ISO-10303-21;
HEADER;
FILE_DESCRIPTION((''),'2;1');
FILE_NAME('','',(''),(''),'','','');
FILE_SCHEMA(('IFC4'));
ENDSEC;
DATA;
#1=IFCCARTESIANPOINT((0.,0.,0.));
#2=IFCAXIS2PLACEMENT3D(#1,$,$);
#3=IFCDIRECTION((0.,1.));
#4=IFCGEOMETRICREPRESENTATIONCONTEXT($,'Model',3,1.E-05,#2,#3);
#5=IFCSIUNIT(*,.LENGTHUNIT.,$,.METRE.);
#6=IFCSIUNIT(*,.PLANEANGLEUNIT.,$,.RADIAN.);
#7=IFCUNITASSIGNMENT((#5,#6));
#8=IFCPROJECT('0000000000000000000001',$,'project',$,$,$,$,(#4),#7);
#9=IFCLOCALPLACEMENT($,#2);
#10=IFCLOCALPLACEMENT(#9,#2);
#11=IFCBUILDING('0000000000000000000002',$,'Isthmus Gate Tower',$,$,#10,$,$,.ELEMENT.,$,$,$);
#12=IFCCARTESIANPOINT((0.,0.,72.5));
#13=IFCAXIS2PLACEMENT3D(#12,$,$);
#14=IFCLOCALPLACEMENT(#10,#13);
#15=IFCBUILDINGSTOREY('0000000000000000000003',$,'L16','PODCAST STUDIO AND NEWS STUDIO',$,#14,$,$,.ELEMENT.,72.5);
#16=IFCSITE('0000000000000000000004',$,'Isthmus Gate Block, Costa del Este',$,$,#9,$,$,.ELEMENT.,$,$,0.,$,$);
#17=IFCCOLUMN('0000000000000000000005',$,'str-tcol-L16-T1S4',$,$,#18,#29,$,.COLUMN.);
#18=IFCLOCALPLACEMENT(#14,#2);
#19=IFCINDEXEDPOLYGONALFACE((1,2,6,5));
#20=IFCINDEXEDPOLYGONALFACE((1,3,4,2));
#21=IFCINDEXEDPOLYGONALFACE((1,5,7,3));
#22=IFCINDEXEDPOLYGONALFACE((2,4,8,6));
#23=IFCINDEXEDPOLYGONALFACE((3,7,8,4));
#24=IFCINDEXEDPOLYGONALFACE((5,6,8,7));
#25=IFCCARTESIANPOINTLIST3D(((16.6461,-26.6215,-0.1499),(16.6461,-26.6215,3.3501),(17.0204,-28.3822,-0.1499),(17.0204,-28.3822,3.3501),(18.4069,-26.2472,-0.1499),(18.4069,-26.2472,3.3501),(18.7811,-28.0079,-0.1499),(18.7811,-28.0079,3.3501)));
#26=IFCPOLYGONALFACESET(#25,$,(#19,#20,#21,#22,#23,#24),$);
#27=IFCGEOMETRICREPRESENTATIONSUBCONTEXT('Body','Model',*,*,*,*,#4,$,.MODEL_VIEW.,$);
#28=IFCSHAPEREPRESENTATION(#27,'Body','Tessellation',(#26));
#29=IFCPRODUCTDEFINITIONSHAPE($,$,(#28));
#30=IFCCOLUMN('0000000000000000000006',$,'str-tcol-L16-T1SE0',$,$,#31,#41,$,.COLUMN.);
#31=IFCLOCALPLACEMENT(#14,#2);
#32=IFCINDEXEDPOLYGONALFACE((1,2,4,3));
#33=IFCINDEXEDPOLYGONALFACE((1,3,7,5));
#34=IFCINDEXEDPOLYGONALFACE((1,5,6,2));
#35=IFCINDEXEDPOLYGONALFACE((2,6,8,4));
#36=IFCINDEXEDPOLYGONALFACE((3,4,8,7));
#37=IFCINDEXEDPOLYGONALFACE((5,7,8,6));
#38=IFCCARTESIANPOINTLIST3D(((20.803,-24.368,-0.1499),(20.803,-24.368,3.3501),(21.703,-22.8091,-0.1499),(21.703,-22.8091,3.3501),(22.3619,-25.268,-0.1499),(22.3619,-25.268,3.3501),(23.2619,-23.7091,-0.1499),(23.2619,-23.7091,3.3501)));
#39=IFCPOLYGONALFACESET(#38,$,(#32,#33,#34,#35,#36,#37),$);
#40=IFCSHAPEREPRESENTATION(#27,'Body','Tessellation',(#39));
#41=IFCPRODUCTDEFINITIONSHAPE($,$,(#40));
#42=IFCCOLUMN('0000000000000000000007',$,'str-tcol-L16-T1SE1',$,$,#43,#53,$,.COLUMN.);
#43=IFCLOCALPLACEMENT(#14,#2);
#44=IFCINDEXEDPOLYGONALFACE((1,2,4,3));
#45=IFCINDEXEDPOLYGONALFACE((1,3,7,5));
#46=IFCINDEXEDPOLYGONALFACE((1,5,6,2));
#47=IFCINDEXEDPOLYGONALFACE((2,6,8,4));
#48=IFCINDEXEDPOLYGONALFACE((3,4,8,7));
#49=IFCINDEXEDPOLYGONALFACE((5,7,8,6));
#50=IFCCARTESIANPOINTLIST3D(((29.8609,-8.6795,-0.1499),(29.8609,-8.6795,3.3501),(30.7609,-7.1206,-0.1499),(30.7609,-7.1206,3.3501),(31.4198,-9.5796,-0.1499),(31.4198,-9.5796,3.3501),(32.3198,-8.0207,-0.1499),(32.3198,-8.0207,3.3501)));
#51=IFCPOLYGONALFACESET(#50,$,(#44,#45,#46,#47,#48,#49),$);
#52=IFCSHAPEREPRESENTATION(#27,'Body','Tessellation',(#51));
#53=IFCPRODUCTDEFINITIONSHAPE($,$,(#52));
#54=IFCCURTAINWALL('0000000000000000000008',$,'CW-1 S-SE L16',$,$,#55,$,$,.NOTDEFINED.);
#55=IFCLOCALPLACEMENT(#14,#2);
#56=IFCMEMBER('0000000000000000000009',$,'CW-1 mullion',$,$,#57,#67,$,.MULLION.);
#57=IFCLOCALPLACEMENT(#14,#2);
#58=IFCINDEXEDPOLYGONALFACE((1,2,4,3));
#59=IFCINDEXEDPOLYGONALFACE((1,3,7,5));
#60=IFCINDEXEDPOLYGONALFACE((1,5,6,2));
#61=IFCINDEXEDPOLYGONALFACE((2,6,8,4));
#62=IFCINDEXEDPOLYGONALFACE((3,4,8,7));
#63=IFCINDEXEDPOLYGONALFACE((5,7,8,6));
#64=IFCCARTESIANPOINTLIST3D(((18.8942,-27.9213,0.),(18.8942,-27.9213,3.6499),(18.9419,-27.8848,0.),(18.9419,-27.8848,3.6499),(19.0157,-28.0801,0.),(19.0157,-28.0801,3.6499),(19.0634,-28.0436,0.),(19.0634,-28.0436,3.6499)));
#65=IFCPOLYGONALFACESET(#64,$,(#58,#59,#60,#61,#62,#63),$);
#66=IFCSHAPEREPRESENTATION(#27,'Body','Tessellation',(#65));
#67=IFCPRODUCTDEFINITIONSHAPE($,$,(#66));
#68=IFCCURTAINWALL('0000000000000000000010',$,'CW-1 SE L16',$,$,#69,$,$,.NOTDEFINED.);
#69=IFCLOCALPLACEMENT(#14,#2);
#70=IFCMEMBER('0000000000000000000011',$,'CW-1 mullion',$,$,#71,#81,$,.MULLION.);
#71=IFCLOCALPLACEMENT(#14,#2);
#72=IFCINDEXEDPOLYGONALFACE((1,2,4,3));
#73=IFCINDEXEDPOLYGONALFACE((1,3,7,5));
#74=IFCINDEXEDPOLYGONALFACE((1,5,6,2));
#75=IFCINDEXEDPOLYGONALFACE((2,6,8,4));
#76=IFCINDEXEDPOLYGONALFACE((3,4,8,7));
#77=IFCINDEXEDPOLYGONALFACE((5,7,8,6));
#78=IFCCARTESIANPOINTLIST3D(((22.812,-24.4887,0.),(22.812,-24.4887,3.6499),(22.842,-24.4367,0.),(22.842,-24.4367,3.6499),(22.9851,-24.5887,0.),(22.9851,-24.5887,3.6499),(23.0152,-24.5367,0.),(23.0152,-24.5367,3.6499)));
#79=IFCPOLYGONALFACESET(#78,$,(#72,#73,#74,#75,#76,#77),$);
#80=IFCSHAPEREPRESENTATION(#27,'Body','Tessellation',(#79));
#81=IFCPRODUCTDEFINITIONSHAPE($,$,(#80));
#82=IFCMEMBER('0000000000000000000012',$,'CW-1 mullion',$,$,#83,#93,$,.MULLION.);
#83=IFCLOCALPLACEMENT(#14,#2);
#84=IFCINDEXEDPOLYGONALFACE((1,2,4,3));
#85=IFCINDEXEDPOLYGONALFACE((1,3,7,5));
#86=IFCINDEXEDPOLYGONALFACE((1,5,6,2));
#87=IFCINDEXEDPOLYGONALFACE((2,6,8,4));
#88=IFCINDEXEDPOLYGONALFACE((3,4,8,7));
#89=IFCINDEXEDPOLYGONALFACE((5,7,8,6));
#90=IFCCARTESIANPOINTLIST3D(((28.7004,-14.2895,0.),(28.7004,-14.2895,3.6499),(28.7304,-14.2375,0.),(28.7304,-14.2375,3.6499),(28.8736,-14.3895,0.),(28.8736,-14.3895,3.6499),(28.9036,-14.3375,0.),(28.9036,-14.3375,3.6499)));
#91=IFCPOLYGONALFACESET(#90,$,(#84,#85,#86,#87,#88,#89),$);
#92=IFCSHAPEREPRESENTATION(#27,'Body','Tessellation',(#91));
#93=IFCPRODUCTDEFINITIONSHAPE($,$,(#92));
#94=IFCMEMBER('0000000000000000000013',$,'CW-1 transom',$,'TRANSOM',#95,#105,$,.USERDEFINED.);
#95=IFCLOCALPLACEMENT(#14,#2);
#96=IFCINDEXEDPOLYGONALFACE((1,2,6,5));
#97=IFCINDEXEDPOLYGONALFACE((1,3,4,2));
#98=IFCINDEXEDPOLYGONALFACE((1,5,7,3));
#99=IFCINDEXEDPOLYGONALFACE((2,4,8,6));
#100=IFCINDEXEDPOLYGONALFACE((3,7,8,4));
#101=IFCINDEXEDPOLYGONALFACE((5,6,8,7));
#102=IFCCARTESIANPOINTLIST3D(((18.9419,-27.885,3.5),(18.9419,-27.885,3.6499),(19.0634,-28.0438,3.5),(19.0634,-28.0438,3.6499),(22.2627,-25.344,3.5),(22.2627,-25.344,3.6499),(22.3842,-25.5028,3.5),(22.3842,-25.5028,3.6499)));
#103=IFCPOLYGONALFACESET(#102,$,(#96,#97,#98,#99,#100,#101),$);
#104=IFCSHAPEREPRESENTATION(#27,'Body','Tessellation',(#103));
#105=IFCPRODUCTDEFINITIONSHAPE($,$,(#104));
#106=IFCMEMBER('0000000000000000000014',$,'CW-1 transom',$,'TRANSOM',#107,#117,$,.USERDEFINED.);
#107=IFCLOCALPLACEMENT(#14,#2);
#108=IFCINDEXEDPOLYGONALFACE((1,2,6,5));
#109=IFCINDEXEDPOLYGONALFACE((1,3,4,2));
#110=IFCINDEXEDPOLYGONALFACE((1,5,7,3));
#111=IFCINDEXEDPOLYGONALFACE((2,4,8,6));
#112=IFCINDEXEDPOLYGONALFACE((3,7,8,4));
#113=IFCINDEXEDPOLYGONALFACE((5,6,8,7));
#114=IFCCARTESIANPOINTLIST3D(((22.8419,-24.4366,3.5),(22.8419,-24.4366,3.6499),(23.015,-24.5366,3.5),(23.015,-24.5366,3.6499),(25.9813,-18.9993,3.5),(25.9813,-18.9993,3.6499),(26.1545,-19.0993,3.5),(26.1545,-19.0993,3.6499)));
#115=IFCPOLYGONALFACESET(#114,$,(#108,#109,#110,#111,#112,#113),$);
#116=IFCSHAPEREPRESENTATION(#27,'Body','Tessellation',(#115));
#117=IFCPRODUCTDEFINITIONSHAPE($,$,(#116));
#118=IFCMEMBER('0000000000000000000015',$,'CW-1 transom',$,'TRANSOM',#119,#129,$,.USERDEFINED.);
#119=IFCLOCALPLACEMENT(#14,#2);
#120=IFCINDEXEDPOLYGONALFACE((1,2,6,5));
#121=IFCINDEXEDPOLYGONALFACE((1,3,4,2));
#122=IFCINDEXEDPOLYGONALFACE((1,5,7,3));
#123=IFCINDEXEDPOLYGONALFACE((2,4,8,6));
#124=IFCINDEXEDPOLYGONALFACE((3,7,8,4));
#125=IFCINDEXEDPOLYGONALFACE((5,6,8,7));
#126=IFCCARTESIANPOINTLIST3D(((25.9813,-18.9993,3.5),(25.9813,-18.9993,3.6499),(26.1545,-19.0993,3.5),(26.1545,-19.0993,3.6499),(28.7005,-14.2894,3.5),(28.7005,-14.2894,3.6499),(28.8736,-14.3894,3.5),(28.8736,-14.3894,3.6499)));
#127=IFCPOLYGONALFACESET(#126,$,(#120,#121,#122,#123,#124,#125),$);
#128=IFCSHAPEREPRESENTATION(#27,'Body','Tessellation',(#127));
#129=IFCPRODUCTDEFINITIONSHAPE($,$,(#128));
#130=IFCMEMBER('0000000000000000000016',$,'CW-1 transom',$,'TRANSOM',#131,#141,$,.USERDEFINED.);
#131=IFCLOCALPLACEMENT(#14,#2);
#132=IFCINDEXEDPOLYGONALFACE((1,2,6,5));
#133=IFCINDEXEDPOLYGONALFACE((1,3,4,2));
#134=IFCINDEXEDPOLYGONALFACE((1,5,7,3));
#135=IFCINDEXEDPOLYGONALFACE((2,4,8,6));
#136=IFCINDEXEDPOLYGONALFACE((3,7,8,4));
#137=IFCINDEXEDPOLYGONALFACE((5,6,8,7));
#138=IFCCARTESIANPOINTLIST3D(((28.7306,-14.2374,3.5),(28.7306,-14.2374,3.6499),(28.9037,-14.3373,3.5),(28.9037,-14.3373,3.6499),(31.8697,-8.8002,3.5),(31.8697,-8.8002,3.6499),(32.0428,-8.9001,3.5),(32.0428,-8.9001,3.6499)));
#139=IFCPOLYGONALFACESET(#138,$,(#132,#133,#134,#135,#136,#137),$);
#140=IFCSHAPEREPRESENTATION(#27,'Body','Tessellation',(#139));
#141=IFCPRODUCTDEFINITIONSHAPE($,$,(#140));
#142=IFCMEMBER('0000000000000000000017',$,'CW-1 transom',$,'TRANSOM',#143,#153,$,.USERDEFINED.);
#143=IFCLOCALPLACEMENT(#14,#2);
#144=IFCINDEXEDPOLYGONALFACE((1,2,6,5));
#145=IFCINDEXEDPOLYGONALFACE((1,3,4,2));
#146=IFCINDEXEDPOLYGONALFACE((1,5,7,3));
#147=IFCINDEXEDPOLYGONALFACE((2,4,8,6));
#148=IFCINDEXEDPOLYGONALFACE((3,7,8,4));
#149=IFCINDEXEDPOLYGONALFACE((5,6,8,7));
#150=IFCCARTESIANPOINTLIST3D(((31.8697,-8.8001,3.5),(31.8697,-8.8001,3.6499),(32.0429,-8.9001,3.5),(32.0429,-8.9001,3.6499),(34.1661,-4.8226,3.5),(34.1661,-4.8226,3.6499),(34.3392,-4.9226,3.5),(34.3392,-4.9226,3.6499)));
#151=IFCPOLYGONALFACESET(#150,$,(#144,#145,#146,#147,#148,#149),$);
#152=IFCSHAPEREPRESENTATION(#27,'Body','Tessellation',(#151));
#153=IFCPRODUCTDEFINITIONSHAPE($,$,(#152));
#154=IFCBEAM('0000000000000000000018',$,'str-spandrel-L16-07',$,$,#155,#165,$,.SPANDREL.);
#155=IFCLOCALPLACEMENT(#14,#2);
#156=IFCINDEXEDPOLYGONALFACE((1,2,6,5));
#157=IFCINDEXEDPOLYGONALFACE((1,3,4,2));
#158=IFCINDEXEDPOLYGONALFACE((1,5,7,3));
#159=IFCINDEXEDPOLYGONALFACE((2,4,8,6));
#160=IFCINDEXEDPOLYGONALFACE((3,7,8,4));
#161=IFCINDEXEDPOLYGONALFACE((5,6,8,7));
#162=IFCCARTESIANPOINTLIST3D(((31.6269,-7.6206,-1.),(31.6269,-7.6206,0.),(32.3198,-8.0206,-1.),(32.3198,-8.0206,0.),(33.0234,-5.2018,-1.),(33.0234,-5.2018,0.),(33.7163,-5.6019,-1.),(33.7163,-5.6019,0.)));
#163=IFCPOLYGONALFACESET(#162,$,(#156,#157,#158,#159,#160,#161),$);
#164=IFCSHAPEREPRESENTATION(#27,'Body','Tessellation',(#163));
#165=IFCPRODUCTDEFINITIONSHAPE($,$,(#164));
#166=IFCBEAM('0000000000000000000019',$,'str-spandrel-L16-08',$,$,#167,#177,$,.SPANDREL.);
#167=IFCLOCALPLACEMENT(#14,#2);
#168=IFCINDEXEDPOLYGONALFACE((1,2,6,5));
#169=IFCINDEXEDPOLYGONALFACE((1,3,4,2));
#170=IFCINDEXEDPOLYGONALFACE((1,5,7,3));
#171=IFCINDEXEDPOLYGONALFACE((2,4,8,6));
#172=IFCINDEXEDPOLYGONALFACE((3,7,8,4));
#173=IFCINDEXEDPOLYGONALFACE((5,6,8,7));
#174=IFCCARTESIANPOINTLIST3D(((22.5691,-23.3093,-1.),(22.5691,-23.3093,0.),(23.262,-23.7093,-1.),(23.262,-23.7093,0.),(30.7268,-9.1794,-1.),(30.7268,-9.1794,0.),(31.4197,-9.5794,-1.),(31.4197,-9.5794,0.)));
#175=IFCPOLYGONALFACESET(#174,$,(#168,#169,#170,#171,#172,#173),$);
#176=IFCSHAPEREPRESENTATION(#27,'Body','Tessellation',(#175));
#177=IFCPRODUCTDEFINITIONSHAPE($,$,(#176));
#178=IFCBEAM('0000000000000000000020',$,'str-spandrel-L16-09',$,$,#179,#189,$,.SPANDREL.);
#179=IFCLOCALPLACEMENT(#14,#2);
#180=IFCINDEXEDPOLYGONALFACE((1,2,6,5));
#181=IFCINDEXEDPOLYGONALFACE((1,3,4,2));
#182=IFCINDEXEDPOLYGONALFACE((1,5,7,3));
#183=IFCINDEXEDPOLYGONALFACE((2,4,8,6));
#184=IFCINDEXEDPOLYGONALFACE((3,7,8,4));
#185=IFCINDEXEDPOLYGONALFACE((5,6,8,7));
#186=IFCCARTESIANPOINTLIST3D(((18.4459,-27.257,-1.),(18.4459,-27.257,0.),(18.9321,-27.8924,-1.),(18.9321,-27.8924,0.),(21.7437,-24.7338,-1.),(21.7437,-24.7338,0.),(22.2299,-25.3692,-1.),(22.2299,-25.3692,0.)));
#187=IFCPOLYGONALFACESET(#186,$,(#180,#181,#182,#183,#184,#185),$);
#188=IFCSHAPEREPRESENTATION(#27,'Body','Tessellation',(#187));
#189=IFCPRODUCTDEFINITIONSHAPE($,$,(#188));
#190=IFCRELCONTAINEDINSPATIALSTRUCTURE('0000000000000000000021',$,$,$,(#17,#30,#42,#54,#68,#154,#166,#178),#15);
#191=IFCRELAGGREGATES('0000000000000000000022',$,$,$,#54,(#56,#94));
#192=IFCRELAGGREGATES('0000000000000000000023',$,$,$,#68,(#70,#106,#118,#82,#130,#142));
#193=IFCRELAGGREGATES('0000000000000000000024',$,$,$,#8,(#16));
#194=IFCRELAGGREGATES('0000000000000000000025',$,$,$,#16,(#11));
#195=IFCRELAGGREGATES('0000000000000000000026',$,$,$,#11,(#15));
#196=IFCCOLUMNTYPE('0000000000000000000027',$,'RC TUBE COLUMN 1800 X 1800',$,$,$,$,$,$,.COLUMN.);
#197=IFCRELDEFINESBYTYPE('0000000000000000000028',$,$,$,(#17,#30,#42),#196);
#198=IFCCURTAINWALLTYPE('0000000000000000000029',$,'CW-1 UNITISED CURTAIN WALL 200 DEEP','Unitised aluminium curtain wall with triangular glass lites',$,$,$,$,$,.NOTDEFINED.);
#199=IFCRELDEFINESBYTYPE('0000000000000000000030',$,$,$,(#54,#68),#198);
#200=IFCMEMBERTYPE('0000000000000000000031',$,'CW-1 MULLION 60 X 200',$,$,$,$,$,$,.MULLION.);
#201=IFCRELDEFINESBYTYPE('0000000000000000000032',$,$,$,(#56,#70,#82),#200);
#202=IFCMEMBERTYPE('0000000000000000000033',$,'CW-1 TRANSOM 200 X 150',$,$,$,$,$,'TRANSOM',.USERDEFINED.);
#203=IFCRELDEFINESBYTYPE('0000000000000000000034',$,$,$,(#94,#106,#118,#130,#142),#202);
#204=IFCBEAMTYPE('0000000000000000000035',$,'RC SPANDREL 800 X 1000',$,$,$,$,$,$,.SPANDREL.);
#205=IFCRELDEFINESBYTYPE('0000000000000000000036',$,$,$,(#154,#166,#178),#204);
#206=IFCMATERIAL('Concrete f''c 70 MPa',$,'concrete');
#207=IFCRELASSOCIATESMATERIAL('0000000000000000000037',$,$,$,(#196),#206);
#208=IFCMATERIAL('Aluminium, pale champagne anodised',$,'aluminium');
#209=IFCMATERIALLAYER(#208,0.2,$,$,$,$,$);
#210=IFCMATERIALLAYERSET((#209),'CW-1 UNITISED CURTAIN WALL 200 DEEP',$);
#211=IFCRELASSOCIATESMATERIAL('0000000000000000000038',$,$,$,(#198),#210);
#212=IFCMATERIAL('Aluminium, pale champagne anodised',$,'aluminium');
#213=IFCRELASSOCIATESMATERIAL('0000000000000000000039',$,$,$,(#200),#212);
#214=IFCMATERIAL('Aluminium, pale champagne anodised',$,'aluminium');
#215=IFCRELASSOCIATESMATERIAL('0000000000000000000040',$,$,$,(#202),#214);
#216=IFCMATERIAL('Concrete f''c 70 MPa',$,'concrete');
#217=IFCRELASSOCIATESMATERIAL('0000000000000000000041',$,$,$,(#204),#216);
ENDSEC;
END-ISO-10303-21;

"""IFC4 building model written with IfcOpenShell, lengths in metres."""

from ifc_helpers import new_model, si_unit, direction, frame, origin, origin_2d, place, context, subcontext, project, spatial, rectangle, extrude, material, layer, layer_set, material_profile, profile_set, type_object, element, aggregate, save


model = new_model("IFC4")

# Units and contexts
model_context = context("Model", 3, precision=1e-05, world=origin(), true_north=direction((0.0, 1.0)))
body_context = subcontext(model_context, "Body", "Model", "MODEL_VIEW")
ifc_project = project(units=[si_unit("LENGTHUNIT", "METRE"), si_unit("PLANEANGLEUNIT", "RADIAN")], contexts=[model_context])

# Site, building, storey
site_placement = place(None, origin())
site = spatial("IfcSite", under=ifc_project, at=site_placement, Name="Isthmus Gate Block, Costa del Este", CompositionType="ELEMENT", RefElevation=0.0)
building_placement = place(site_placement, origin())
building = spatial("IfcBuilding", under=site, at=building_placement, Name="Isthmus Gate Tower", CompositionType="ELEMENT")
storey_placement = place(building_placement, frame((0.0, 0.0, 72.5)))
storey = spatial("IfcBuildingStorey", under=building, at=storey_placement, Name="L16", Description="PODCAST STUDIO AND NEWS STUDIO", CompositionType="ELEMENT", Elevation=72.5)

# Columns
ifc_material_1 = material(Name="Concrete f'c 70 MPa", Category="concrete")
ifc_material_profile_1 = material_profile(ifc_material_1, rectangle(XDim=1.8, YDim=1.8, at=origin_2d()), Name="RC 1800X1800")
ifc_profile_set_1 = profile_set([ifc_material_profile_1], Name="Concrete f'c 70 MPa")
column_type = type_object("IfcColumnType", Name="RC TUBE COLUMN 1800 X 1800", PredefinedType="COLUMN", material=ifc_profile_set_1)
for number, where, z_axis, x_axis, name in (
    (1, (17.7136, -27.3147, -0.1499), (0.0, 0.0, 1.0), (0.978148, 0.207912, 0.0), "str-tcol-L16-T1S4"),
    (2, (22.0325, -24.0386, -0.1499), (0.0, 0.0, 1.0), (0.5, 0.866025, 0.0), "str-tcol-L16-T1SE0"),
    (3, (31.0903, -8.3501, -0.1499), (0.0, 0.0, 1.0), (0.5, 0.866025, 0.0), "str-tcol-L16-T1SE1"),
):
    element("IfcColumn", number, at=place(storey_placement, frame(where, z_axis=z_axis, x_axis=x_axis)), inside=storey, type_object=column_type, Name=name, PredefinedType="COLUMN", context=body_context, shape_type="SweptSolid", body=[
        extrude(rectangle(XDim=1.8, YDim=1.8, at=origin_2d()), origin(), (0.0, 0.0, 1.0), 3.5),
    ])

# Curtain wall, member
ifc_material_2 = material(Name="Aluminium, pale champagne anodised", Category="aluminium")
ifc_layer_1 = layer(ifc_material_2, 0.2)
ifc_layer_set_1 = layer_set([ifc_layer_1], Name="CW-1 UNITISED CURTAIN WALL 200 DEEP")
curtain_wall_type = type_object("IfcCurtainWallType", Name="CW-1 UNITISED CURTAIN WALL 200 DEEP", Description="Unitised aluminium curtain wall with triangular glass lites", PredefinedType="NOTDEFINED", material=ifc_layer_set_1)
curtain_wall_1_placement = place(storey_placement, origin())
curtain_wall_1 = element("IfcCurtainWall", 4, at=curtain_wall_1_placement, inside=storey, type_object=curtain_wall_type, Name="CW-1 S-SE L16", PredefinedType="NOTDEFINED")
ifc_material_3 = material(Name="Aluminium, pale champagne anodised", Category="aluminium")
ifc_material_profile_2 = material_profile(ifc_material_3, rectangle(XDim=0.0601, YDim=0.2, at=origin_2d()), Name="60x200")
ifc_profile_set_2 = profile_set([ifc_material_profile_2], Name="Aluminium, pale champagne anodised")
member_type_1 = type_object("IfcMemberType", Name="CW-1 MULLION 60 X 200", PredefinedType="MULLION", material=ifc_profile_set_2)
member_1_placement = place(storey_placement, frame((18.9788, -27.9824, 0.0), z_axis=(0.0, 0.0, 1.0), x_axis=(0.794189, 0.607671, 0.0)))
member_1 = element("IfcMember", 5, at=member_1_placement, type_object=member_type_1, Name="CW-1 mullion", PredefinedType="MULLION", context=body_context, shape_type="SweptSolid", body=[
    extrude(rectangle(XDim=0.0601, YDim=0.2, at=origin_2d()), origin(), (0.0, 0.0, 1.0), 3.6499),
])

# Curtain wall, members
curtain_wall_2_placement = place(storey_placement, origin())
curtain_wall_2 = element("IfcCurtainWall", 6, at=curtain_wall_2_placement, inside=storey, type_object=curtain_wall_type, Name="CW-1 SE L16", PredefinedType="NOTDEFINED")
member_2_placement = place(storey_placement, frame((22.9136, -24.5127, 0.0), z_axis=(0.0, 0.0, 1.0), x_axis=(0.5, 0.866025, 0.0)))
member_2 = element("IfcMember", 7, at=member_2_placement, type_object=member_type_1, Name="CW-1 mullion", PredefinedType="MULLION", context=body_context, shape_type="SweptSolid", body=[
    extrude(rectangle(XDim=0.0601, YDim=0.2, at=origin_2d()), origin(), (0.0, 0.0, 1.0), 3.6499),
])
member_3_placement = place(storey_placement, frame((28.802, -14.3135, 0.0), z_axis=(0.0, 0.0, 1.0), x_axis=(0.5, 0.866025, 0.0)))
member_3 = element("IfcMember", 8, at=member_3_placement, type_object=member_type_1, Name="CW-1 mullion", PredefinedType="MULLION", context=body_context, shape_type="SweptSolid", body=[
    extrude(rectangle(XDim=0.0601, YDim=0.2, at=origin_2d()), origin(), (0.0, 0.0, 1.0), 3.6499),
])

# Members
ifc_material_4 = material(Name="Aluminium, pale champagne anodised", Category="aluminium")
ifc_material_profile_3 = material_profile(ifc_material_4, rectangle(XDim=0.2, YDim=0.1499, at=origin_2d()), Name="200x150")
ifc_profile_set_3 = profile_set([ifc_material_profile_3], Name="Aluminium, pale champagne anodised")
member_type_2 = type_object("IfcMemberType", Name="CW-1 TRANSOM 200 X 150", ElementType="TRANSOM", PredefinedType="USERDEFINED", material=ifc_profile_set_3)
member_4_placement = place(storey_placement, frame((19.0027, -27.9644, 3.575), z_axis=(0.794175, 0.607688, 0.0), x_axis=(-0.607688, 0.794175, 0.0)))
member_4 = element("IfcMember", 9, at=member_4_placement, type_object=member_type_2, Name="CW-1 transom", ObjectType="TRANSOM", PredefinedType="USERDEFINED", context=body_context, shape_type="SweptSolid", body=[
    extrude(rectangle(XDim=0.2, YDim=0.1499, at=origin_2d()), origin(), (0.0, 0.0, 1.0), 4.1814),
])
member_5_placement = place(storey_placement, frame((22.9285, -24.4866, 3.575), z_axis=(0.500024, 0.866011, 0.0), x_axis=(-0.866011, 0.500024, 0.0)))
member_5 = element("IfcMember", 10, at=member_5_placement, type_object=member_type_2, Name="CW-1 transom", ObjectType="TRANSOM", PredefinedType="USERDEFINED", context=body_context, shape_type="SweptSolid", body=[
    extrude(rectangle(XDim=0.2, YDim=0.1499, at=origin_2d()), origin(), (0.0, 0.0, 1.0), 6.2786),
])
member_6_placement = place(storey_placement, frame((26.0679, -19.0493, 3.575), z_axis=(0.499992, 0.86603, 0.0), x_axis=(-0.86603, 0.499992, 0.0)))
member_6 = element("IfcMember", 11, at=member_6_placement, type_object=member_type_2, Name="CW-1 transom", ObjectType="TRANSOM", PredefinedType="USERDEFINED", context=body_context, shape_type="SweptSolid", body=[
    extrude(rectangle(XDim=0.2, YDim=0.1499, at=origin_2d()), origin(), (0.0, 0.0, 1.0), 5.4385),
])
member_7_placement = place(storey_placement, frame((28.8171, -14.2874, 3.575), z_axis=(0.499995, 0.866028, 0.0), x_axis=(-0.866028, 0.499995, 0.0)))
member_7 = element("IfcMember", 12, at=member_7_placement, type_object=member_type_2, Name="CW-1 transom", ObjectType="TRANSOM", PredefinedType="USERDEFINED", context=body_context, shape_type="SweptSolid", body=[
    extrude(rectangle(XDim=0.2, YDim=0.1499, at=origin_2d()), origin(), (0.0, 0.0, 1.0), 6.2783),
])
member_8_placement = place(storey_placement, frame((31.9563, -8.8501, 3.575), z_axis=(0.499992, 0.86603, 0.0), x_axis=(-0.86603, 0.499992, 0.0)))
member_8 = element("IfcMember", 13, at=member_8_placement, type_object=member_type_2, Name="CW-1 transom", ObjectType="TRANSOM", PredefinedType="USERDEFINED", context=body_context, shape_type="SweptSolid", body=[
    extrude(rectangle(XDim=0.2, YDim=0.1499, at=origin_2d()), origin(), (0.0, 0.0, 1.0), 4.5928),
])

# Beams
ifc_material_5 = material(Name="Concrete f'c 70 MPa", Category="concrete")
ifc_material_profile_4 = material_profile(ifc_material_5, rectangle(XDim=0.8, YDim=1.0, at=origin_2d()), Name="RC 800X1000")
ifc_profile_set_4 = profile_set([ifc_material_profile_4], Name="Concrete f'c 70 MPa")
beam_type_1 = type_object("IfcBeamType", Name="RC SPANDREL 800 X 1000", PredefinedType="SPANDREL", material=ifc_profile_set_4)
beam_1_placement = place(storey_placement, frame((33.3699, -5.4019, -0.5), z_axis=(-0.500013, -0.866018, 0.0), x_axis=(0.866018, -0.500013, 0.0)))
element("IfcBeam", 14, at=beam_1_placement, inside=storey, type_object=beam_type_1, Name="str-spandrel-L16-07", PredefinedType="SPANDREL", context=body_context, shape_type="SweptSolid", body=[
    extrude(rectangle(XDim=0.8, YDim=1.0, at=origin_2d()), origin(), (0.0, 0.0, 1.0), 2.793),
])
beam_2_placement = place(storey_placement, frame((31.0732, -9.3794, -0.5), z_axis=(-0.499992, -0.86603, 0.0), x_axis=(0.86603, -0.499992, 0.0)))
element("IfcBeam", 15, at=beam_2_placement, inside=storey, type_object=beam_type_1, Name="str-spandrel-L16-08", PredefinedType="SPANDREL", context=body_context, shape_type="SweptSolid", body=[
    extrude(rectangle(XDim=0.8, YDim=1.0, at=origin_2d()), origin(), (0.0, 0.0, 1.0), 16.3157),
])
beam_3_placement = place(storey_placement, frame((21.9868, -25.0515, -0.5), z_axis=(-0.794206, -0.607649, 0.0), x_axis=(0.607649, -0.794206, 0.0)))
element("IfcBeam", 16, at=beam_3_placement, inside=storey, type_object=beam_type_1, Name="str-spandrel-L16-09", PredefinedType="SPANDREL", context=body_context, shape_type="SweptSolid", body=[
    extrude(rectangle(XDim=0.8, YDim=1.0, at=origin_2d()), origin(), (0.0, 0.0, 1.0), 4.1523),
])

aggregate(curtain_wall_1, [member_1, member_4])
aggregate(curtain_wall_2, [member_2, member_5, member_6, member_3, member_7, member_8])

save(model, "model.ifc")
